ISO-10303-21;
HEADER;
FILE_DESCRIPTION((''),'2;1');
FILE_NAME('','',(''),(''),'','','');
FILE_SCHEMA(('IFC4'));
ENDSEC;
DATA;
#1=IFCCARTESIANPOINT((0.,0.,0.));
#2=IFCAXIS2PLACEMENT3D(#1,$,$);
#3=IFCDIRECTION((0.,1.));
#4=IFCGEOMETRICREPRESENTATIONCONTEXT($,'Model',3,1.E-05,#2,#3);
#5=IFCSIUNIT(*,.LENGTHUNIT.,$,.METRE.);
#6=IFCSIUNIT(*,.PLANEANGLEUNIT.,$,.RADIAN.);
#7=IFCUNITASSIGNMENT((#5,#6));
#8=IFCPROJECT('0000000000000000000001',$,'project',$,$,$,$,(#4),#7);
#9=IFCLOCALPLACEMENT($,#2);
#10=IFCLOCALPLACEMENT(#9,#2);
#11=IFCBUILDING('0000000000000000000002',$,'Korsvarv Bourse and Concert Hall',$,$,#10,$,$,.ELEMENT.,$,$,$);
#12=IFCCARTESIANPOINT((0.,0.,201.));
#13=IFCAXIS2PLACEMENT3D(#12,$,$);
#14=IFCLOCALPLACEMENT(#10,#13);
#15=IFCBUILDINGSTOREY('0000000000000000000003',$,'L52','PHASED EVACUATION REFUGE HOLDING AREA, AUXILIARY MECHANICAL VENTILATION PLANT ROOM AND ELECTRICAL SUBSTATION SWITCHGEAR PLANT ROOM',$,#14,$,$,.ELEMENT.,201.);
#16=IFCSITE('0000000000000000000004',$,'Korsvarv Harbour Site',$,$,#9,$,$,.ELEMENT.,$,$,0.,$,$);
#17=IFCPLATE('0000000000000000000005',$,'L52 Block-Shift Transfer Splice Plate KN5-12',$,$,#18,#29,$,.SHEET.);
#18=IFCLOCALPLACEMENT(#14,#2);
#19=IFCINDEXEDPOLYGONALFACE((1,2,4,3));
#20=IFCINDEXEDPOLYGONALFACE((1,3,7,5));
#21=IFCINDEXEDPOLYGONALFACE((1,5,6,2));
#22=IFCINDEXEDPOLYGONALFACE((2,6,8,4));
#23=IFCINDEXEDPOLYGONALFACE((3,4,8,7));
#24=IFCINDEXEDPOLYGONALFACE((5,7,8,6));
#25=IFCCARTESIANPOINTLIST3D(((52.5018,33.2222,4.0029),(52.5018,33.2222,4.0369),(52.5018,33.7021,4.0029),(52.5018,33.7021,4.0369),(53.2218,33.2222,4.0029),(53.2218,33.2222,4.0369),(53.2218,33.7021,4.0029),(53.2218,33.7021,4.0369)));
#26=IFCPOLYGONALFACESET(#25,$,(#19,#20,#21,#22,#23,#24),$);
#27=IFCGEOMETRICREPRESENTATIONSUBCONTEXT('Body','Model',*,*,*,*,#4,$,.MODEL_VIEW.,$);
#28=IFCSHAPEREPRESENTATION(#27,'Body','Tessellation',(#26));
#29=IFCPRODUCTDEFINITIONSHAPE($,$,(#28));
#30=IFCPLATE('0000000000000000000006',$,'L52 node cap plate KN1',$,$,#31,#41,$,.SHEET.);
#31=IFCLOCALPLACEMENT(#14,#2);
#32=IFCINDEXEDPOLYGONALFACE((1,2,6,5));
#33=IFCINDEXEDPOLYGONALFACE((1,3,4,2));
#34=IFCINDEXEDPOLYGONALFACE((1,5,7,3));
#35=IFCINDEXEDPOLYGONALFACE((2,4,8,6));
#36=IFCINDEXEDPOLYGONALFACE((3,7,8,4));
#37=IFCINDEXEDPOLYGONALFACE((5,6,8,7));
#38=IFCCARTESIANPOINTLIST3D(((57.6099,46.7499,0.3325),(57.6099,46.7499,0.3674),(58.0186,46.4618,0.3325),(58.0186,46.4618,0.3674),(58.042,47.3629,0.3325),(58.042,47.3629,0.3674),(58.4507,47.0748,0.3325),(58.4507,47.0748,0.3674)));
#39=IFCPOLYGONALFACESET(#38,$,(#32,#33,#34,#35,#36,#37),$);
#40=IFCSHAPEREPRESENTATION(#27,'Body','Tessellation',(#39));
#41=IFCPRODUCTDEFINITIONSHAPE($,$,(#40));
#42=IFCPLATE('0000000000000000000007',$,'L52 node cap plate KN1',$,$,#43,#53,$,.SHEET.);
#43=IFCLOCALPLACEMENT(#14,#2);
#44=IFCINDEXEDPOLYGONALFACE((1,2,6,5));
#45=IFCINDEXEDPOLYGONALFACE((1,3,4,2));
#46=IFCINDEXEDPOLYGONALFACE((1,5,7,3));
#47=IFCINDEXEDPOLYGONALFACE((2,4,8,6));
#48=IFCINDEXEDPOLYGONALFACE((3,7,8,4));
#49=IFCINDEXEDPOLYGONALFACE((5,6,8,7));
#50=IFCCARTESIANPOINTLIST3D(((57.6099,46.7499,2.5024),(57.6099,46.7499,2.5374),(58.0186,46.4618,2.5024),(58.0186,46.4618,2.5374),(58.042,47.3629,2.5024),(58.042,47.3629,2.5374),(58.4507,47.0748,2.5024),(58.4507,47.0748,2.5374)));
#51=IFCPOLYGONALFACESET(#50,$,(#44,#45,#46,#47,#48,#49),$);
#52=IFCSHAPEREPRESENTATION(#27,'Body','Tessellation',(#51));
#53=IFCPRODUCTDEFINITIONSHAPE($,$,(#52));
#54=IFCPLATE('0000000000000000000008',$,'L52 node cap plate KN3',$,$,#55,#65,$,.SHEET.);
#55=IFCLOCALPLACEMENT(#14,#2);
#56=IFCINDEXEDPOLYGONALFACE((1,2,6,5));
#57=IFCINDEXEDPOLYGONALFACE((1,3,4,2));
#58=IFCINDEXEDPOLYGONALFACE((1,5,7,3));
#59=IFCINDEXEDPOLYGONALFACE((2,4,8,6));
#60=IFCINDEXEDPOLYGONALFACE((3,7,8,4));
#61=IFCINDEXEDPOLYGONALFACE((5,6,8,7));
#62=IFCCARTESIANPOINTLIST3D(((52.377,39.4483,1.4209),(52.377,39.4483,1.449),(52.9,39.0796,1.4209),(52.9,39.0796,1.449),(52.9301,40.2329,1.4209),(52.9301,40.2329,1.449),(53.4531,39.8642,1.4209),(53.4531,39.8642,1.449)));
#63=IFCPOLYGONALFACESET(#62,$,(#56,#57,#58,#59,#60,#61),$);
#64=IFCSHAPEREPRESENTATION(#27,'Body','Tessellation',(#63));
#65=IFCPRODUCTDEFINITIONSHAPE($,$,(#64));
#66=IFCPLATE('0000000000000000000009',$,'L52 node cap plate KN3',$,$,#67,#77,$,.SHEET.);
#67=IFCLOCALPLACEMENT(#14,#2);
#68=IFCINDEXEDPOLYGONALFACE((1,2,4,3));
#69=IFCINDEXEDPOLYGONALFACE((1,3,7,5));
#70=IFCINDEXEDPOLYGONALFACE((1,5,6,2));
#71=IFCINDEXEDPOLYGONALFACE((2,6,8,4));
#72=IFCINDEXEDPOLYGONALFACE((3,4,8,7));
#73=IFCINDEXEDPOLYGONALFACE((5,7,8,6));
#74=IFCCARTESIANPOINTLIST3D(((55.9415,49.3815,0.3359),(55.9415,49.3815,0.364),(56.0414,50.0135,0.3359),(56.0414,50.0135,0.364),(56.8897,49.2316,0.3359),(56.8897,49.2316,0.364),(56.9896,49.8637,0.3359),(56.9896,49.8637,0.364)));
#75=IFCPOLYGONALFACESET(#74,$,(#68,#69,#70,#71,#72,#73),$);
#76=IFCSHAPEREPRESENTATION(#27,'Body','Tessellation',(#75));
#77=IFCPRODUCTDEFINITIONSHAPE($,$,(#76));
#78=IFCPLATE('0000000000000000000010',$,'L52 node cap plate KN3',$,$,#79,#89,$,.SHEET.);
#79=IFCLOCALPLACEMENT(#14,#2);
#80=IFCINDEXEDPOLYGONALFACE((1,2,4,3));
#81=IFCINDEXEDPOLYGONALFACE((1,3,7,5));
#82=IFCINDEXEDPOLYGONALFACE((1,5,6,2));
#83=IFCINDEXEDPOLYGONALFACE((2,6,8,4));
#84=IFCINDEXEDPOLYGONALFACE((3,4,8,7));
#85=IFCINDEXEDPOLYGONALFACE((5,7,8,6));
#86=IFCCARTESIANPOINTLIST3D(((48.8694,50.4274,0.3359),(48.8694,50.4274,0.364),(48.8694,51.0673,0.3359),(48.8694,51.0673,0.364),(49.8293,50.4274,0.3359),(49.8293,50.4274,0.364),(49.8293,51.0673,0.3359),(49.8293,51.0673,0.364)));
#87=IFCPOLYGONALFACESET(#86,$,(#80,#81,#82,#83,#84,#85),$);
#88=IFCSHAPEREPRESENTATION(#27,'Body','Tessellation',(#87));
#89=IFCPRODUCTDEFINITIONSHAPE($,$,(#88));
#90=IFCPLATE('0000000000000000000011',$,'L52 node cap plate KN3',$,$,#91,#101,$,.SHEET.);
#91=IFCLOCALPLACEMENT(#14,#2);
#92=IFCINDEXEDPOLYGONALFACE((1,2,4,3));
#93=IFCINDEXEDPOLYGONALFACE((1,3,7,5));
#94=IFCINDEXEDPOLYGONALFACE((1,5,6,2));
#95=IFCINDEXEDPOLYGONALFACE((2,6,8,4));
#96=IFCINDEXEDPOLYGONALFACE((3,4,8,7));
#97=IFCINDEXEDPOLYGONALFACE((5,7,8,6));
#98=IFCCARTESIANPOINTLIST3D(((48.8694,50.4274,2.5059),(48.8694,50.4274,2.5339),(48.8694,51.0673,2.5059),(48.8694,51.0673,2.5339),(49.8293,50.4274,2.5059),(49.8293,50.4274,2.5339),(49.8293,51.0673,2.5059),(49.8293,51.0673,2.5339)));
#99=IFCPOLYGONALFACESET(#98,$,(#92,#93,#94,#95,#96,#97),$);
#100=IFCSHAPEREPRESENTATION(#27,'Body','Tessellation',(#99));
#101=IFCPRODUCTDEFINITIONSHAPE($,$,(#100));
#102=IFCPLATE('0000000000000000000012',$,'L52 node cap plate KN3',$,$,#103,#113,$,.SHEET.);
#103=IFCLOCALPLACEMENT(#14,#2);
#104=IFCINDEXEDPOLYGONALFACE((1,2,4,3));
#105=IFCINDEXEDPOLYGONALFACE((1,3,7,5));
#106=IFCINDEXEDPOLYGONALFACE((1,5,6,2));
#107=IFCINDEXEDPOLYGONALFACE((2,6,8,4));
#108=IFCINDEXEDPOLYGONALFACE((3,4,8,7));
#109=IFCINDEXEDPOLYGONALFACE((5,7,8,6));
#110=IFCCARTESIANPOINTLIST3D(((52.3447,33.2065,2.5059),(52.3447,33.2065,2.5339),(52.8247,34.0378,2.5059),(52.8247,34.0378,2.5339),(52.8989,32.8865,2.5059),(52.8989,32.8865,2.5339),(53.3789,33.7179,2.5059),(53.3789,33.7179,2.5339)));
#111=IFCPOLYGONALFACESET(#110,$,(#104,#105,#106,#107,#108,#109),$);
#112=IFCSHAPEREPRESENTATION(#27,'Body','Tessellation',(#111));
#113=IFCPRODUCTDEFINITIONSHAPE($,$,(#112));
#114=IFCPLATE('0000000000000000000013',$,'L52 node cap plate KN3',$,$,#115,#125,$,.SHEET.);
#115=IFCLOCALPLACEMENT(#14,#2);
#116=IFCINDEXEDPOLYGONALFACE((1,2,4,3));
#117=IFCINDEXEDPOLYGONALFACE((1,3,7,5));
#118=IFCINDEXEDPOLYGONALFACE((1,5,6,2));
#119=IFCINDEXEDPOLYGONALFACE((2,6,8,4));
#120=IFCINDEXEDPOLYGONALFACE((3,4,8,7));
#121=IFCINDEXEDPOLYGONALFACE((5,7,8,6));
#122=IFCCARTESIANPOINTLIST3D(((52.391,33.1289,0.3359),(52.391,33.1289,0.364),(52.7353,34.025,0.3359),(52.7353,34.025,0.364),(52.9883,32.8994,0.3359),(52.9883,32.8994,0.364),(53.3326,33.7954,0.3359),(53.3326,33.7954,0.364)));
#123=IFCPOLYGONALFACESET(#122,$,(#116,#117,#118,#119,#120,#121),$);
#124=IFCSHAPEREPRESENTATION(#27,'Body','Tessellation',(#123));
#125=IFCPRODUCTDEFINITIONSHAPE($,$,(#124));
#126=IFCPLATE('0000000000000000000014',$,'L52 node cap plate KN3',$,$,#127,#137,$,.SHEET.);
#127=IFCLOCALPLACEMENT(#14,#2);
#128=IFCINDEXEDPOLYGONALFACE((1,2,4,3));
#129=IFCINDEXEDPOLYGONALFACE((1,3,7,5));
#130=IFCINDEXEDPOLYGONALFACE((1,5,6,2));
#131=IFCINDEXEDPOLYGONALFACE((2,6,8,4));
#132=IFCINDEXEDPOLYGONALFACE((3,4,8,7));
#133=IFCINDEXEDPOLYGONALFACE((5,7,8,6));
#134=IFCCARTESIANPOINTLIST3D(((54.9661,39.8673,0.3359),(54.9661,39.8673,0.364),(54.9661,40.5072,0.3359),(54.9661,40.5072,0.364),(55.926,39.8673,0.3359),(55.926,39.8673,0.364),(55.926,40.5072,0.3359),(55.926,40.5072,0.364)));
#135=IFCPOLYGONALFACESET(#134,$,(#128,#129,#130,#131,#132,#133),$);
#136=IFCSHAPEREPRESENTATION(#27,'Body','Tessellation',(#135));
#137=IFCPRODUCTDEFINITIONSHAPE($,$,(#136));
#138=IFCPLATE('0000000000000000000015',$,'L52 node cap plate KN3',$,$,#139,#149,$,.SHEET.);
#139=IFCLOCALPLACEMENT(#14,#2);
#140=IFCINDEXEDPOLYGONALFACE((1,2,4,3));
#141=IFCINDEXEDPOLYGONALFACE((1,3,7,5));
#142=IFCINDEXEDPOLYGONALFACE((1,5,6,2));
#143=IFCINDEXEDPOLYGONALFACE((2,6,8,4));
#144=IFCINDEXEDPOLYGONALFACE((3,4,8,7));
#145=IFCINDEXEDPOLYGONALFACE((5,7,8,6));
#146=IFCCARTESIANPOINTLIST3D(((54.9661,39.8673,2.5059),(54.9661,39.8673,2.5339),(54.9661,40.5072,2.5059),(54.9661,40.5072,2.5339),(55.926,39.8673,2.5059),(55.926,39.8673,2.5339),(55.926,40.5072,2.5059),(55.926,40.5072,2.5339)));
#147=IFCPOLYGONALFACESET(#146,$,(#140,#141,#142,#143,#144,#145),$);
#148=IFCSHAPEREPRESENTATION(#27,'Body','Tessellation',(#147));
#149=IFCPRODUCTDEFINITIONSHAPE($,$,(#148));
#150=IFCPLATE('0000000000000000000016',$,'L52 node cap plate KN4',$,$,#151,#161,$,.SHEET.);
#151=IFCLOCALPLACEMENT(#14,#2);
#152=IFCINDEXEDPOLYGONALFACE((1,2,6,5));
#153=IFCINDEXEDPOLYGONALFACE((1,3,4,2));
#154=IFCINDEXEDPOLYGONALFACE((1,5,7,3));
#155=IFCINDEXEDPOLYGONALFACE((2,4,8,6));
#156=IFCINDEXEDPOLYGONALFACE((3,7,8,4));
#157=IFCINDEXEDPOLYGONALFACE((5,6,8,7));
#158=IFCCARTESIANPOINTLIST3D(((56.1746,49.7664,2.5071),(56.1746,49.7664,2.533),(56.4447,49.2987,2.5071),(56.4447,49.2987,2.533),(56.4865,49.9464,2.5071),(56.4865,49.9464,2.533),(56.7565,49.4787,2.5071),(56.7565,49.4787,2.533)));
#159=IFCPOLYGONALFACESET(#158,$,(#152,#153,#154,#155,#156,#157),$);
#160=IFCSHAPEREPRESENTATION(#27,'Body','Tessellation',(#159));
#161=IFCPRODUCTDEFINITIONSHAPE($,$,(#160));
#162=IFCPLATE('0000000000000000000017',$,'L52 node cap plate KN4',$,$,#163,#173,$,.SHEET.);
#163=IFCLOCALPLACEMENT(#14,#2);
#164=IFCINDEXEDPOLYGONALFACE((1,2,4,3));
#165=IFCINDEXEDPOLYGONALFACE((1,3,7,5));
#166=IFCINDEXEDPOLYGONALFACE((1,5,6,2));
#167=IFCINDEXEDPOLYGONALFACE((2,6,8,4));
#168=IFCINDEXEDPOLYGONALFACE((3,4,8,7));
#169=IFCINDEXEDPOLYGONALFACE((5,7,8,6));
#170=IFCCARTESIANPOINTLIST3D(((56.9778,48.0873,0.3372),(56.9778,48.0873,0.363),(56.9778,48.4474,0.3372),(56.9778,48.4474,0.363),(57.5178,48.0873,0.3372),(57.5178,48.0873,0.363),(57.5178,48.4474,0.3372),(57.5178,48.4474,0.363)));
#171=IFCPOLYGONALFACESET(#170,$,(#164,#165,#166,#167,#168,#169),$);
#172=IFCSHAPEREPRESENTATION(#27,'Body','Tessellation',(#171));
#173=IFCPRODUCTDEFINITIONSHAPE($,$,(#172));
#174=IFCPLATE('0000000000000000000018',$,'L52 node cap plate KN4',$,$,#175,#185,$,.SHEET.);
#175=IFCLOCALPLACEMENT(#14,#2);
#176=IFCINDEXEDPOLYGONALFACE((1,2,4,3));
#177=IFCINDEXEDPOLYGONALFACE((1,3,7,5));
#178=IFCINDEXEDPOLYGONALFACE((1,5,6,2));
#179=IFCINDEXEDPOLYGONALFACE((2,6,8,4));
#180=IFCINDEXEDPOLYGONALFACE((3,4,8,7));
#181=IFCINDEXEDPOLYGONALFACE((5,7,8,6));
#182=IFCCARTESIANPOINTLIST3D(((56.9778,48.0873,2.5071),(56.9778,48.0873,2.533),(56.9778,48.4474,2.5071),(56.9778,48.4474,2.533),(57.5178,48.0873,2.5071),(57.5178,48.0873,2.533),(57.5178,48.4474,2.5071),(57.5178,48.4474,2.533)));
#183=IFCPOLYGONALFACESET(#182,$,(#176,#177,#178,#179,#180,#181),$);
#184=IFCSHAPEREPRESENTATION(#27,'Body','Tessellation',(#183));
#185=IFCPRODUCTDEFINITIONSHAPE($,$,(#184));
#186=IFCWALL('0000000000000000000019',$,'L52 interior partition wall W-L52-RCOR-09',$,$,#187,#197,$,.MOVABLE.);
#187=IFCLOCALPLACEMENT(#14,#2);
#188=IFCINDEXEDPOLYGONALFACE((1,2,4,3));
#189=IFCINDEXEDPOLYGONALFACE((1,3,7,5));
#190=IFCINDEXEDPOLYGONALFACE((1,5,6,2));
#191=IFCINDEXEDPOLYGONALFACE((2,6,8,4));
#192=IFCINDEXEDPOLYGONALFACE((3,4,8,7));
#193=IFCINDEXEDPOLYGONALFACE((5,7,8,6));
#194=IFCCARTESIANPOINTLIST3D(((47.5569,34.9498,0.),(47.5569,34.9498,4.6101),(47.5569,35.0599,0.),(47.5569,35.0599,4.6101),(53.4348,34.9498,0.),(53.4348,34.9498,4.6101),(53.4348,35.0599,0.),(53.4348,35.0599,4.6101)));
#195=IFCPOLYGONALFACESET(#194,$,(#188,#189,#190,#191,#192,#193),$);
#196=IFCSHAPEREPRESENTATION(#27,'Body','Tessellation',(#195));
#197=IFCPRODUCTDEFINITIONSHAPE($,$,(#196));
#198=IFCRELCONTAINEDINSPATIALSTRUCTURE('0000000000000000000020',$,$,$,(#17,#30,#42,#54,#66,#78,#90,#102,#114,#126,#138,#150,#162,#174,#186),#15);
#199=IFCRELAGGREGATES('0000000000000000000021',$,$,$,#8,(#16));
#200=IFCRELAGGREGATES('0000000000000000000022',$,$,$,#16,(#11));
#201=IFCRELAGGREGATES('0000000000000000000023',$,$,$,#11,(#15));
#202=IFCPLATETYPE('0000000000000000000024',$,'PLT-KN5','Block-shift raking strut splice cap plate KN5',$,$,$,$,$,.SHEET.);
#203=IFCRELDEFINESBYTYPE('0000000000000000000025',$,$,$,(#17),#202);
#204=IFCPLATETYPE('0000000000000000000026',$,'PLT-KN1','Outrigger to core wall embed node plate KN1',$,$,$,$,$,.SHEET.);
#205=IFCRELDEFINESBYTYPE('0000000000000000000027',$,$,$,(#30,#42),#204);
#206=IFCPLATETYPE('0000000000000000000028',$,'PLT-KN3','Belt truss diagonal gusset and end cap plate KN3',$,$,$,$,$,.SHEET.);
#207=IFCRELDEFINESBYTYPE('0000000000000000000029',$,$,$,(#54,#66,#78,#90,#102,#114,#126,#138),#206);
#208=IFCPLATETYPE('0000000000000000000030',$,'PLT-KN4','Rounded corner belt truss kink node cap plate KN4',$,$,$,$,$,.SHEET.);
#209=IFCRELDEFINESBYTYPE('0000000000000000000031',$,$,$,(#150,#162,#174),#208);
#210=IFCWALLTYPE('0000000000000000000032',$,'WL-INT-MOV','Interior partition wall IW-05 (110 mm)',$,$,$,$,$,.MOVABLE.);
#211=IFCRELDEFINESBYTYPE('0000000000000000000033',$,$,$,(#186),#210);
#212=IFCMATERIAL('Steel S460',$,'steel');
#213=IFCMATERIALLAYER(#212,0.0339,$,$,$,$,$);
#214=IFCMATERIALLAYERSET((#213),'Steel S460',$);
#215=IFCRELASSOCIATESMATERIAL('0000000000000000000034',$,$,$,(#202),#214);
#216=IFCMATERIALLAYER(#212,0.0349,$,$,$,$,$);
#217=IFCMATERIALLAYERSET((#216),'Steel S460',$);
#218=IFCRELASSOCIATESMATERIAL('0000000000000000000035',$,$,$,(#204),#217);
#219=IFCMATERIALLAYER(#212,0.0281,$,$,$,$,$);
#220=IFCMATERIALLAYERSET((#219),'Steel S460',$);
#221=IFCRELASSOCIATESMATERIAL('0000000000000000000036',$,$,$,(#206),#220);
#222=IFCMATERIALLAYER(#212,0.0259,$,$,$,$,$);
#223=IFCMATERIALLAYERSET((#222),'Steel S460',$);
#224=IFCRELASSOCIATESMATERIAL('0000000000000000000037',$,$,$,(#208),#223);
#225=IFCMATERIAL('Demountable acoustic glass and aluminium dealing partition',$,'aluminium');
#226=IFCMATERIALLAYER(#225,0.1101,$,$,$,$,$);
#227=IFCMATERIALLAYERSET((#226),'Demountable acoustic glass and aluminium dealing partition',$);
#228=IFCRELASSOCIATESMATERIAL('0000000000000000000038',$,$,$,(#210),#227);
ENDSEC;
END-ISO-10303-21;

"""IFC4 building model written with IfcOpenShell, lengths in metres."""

from ifc_helpers import new_model, si_unit, direction, frame, frame_2d, origin, origin_2d, place, context, subcontext, project, spatial, rectangle, extrude, source, transform, mapped, material, layer, layer_set, type_object, element, save


model = new_model("IFC4")

# Units and contexts
model_context = context("Model", 3, precision=1e-05, world=origin(), true_north=direction((0.0, 1.0)))
body_context = subcontext(model_context, "Body", "Model", "MODEL_VIEW")
ifc_project = project(units=[si_unit("LENGTHUNIT", "METRE"), si_unit("PLANEANGLEUNIT", "RADIAN")], contexts=[model_context])

# Site, building, storey
site_placement = place(None, origin())
site = spatial("IfcSite", under=ifc_project, at=site_placement, Name="Korsvarv Harbour Site", CompositionType="ELEMENT", RefElevation=0.0)
building_placement = place(site_placement, origin())
building = spatial("IfcBuilding", under=site, at=building_placement, Name="Korsvarv Bourse and Concert Hall", CompositionType="ELEMENT")
storey_placement = place(building_placement, frame((0.0, 0.0, 201.0)))
storey = spatial("IfcBuildingStorey", under=building, at=storey_placement, Name="L52", Description="PHASED EVACUATION REFUGE HOLDING AREA, AUXILIARY MECHANICAL VENTILATION PLANT ROOM AND ELECTRICAL SUBSTATION SWITCHGEAR PLANT ROOM", CompositionType="ELEMENT", Elevation=201.0)

# Plates
ifc_material_1 = material(Name="Steel S460", Category="steel")
ifc_layer_1 = layer(ifc_material_1, 0.0339)
ifc_layer_set_1 = layer_set([ifc_layer_1], Name="Steel S460")
plate_type_1 = type_object("IfcPlateType", Name="PLT-KN5", Description="Block-shift raking strut splice cap plate KN5", PredefinedType="SHEET", material=ifc_layer_set_1)
shared_shape_1 = source(origin(), body_context, "Body", "SweptSolid", [
    extrude(rectangle(XDim=0.72, YDim=0.48, at=origin_2d()), origin(), (0.0, 0.0, 1.0), 0.0339),
])
for number, where, z_axis, x_axis, name in (
    (1, (52.8618, 33.4622, 4.0029), (0.0, 0.0, 1.0), (1.0, 0.0, 0.0), "L52 Block-Shift Transfer Splice Plate KN5-12"),
):
    element("IfcPlate", number, at=place(storey_placement, frame(where, z_axis=z_axis, x_axis=x_axis)), inside=storey, type_object=plate_type_1, Name=name, PredefinedType="SHEET", context=body_context, shape_type="MappedRepresentation", body=[
        mapped(shared_shape_1, transform((0.0, 0.0, 0.0), scale=1.0)),
    ])
ifc_layer_2 = layer(ifc_material_1, 0.0349)
ifc_layer_set_2 = layer_set([ifc_layer_2], Name="Steel S460")
plate_type_2 = type_object("IfcPlateType", Name="PLT-KN1", Description="Outrigger to core wall embed node plate KN1", PredefinedType="SHEET", material=ifc_layer_set_2)
shared_shape_2 = source(origin(), body_context, "Body", "SweptSolid", [
    extrude(rectangle(XDim=0.75, YDim=0.5, at=origin_2d()), origin(), (0.0, 0.0, 1.0), 0.0349),
])
for number, where, z_axis, x_axis, name in (
    (2, (58.0303, 46.9124, 0.3325), (0.0, 0.0, 1.0), (0.576147, 0.817346, 0.0), "L52 node cap plate KN1"),
    (3, (58.0303, 46.9124, 2.5024), (0.0, 0.0, 1.0), (0.576147, 0.817346, 0.0), "L52 node cap plate KN1"),
):
    element("IfcPlate", number, at=place(storey_placement, frame(where, z_axis=z_axis, x_axis=x_axis)), inside=storey, type_object=plate_type_2, Name=name, PredefinedType="SHEET", context=body_context, shape_type="MappedRepresentation", body=[
        mapped(shared_shape_2, transform((0.0, 0.0, 0.0), scale=1.0)),
    ])
ifc_layer_3 = layer(ifc_material_1, 0.0281)
ifc_layer_set_3 = layer_set([ifc_layer_3], Name="Steel S460")
plate_type_3 = type_object("IfcPlateType", Name="PLT-KN3", Description="Belt truss diagonal gusset and end cap plate KN3", PredefinedType="SHEET", material=ifc_layer_set_3)
shared_shape_3 = source(origin(), body_context, "Body", "SweptSolid", [
    extrude(rectangle(XDim=0.96, YDim=0.6399, at=origin_2d()), origin(), (0.0, 0.0, 1.0), 0.0281),
])
for number, where, z_axis, x_axis, name in (
    (4, (52.915, 39.6562, 1.4209), (0.0, 0.0, 1.0), (0.576147, 0.817346, 0.0), "L52 node cap plate KN3"),
    (5, (56.4656, 49.6226, 0.3359), (0.0, 0.0, 1.0), (-0.987743, 0.15609, 0.0), "L52 node cap plate KN3"),
    (6, (49.3494, 50.7473, 0.3359), (0.0, 0.0, 1.0), (1.0, 0.0, 0.0), "L52 node cap plate KN3"),
    (7, (49.3494, 50.7473, 2.5059), (0.0, 0.0, 1.0), (1.0, 0.0, 0.0), "L52 node cap plate KN3"),
    (8, (52.8618, 33.4622, 2.5059), (0.0, 0.0, 1.0), (0.5, 0.866025, 0.0), "L52 node cap plate KN3"),
    (9, (52.8618, 33.4622, 0.3359), (0.0, 0.0, 1.0), (0.358694, 0.933455, 0.0), "L52 node cap plate KN3"),
    (10, (55.446, 40.1873, 0.3359), (0.0, 0.0, 1.0), (1.0, 0.0, 0.0), "L52 node cap plate KN3"),
    (11, (55.446, 40.1873, 2.5059), (0.0, 0.0, 1.0), (1.0, 0.0, 0.0), "L52 node cap plate KN3"),
):
    element("IfcPlate", number, at=place(storey_placement, frame(where, z_axis=z_axis, x_axis=x_axis)), inside=storey, type_object=plate_type_3, Name=name, PredefinedType="SHEET", context=body_context, shape_type="MappedRepresentation", body=[
        mapped(shared_shape_3, transform((0.0, 0.0, 0.0), scale=1.0)),
    ])
ifc_layer_4 = layer(ifc_material_1, 0.0259)
ifc_layer_set_4 = layer_set([ifc_layer_4], Name="Steel S460")
plate_type_4 = type_object("IfcPlateType", Name="PLT-KN4", Description="Rounded corner belt truss kink node cap plate KN4", PredefinedType="SHEET", material=ifc_layer_set_4)
shared_shape_4 = source(origin(), body_context, "Body", "SweptSolid", [
    extrude(rectangle(XDim=0.54, YDim=0.3601, at=origin_2d()), origin(), (0.0, 0.0, 1.0), 0.0259),
])
for number, where, z_axis, x_axis, name in (
    (12, (56.4656, 49.6226, 2.5071), (0.0, 0.0, 1.0), (-0.5, 0.866025, 0.0), "L52 node cap plate KN4"),
    (13, (57.2478, 48.2673, 0.3372), (0.0, 0.0, 1.0), (1.0, 0.0, 0.0), "L52 node cap plate KN4"),
    (14, (57.2478, 48.2673, 2.5071), (0.0, 0.0, 1.0), (1.0, 0.0, 0.0), "L52 node cap plate KN4"),
):
    element("IfcPlate", number, at=place(storey_placement, frame(where, z_axis=z_axis, x_axis=x_axis)), inside=storey, type_object=plate_type_4, Name=name, PredefinedType="SHEET", context=body_context, shape_type="MappedRepresentation", body=[
        mapped(shared_shape_4, transform((0.0, 0.0, 0.0), scale=1.0)),
    ])

# Wall
ifc_material_2 = material(Name="Demountable acoustic glass and aluminium dealing partition", Category="aluminium")
ifc_layer_5 = layer(ifc_material_2, 0.1101)
ifc_layer_set_5 = layer_set([ifc_layer_5], Name="Demountable acoustic glass and aluminium dealing partition")
wall_type = type_object("IfcWallType", Name="WL-INT-MOV", Description="Interior partition wall IW-05 (110 mm)", PredefinedType="MOVABLE", material=ifc_layer_set_5)
wall_placement = place(storey_placement, frame((47.5569, 35.0049, 0.0), z_axis=(0.0, 0.0, 1.0), x_axis=(1.0, 0.0, 0.0)))
element("IfcWall", 15, at=wall_placement, inside=storey, type_object=wall_type, Name="L52 interior partition wall W-L52-RCOR-09", PredefinedType="MOVABLE", context=body_context, shape_type="SweptSolid", body=[
    extrude(rectangle(XDim=5.8779, YDim=0.1101, at=frame_2d((2.939, 0.0))), origin(), (0.0, 0.0, 1.0), 4.6101),
])

save(model, "model.ifc")
